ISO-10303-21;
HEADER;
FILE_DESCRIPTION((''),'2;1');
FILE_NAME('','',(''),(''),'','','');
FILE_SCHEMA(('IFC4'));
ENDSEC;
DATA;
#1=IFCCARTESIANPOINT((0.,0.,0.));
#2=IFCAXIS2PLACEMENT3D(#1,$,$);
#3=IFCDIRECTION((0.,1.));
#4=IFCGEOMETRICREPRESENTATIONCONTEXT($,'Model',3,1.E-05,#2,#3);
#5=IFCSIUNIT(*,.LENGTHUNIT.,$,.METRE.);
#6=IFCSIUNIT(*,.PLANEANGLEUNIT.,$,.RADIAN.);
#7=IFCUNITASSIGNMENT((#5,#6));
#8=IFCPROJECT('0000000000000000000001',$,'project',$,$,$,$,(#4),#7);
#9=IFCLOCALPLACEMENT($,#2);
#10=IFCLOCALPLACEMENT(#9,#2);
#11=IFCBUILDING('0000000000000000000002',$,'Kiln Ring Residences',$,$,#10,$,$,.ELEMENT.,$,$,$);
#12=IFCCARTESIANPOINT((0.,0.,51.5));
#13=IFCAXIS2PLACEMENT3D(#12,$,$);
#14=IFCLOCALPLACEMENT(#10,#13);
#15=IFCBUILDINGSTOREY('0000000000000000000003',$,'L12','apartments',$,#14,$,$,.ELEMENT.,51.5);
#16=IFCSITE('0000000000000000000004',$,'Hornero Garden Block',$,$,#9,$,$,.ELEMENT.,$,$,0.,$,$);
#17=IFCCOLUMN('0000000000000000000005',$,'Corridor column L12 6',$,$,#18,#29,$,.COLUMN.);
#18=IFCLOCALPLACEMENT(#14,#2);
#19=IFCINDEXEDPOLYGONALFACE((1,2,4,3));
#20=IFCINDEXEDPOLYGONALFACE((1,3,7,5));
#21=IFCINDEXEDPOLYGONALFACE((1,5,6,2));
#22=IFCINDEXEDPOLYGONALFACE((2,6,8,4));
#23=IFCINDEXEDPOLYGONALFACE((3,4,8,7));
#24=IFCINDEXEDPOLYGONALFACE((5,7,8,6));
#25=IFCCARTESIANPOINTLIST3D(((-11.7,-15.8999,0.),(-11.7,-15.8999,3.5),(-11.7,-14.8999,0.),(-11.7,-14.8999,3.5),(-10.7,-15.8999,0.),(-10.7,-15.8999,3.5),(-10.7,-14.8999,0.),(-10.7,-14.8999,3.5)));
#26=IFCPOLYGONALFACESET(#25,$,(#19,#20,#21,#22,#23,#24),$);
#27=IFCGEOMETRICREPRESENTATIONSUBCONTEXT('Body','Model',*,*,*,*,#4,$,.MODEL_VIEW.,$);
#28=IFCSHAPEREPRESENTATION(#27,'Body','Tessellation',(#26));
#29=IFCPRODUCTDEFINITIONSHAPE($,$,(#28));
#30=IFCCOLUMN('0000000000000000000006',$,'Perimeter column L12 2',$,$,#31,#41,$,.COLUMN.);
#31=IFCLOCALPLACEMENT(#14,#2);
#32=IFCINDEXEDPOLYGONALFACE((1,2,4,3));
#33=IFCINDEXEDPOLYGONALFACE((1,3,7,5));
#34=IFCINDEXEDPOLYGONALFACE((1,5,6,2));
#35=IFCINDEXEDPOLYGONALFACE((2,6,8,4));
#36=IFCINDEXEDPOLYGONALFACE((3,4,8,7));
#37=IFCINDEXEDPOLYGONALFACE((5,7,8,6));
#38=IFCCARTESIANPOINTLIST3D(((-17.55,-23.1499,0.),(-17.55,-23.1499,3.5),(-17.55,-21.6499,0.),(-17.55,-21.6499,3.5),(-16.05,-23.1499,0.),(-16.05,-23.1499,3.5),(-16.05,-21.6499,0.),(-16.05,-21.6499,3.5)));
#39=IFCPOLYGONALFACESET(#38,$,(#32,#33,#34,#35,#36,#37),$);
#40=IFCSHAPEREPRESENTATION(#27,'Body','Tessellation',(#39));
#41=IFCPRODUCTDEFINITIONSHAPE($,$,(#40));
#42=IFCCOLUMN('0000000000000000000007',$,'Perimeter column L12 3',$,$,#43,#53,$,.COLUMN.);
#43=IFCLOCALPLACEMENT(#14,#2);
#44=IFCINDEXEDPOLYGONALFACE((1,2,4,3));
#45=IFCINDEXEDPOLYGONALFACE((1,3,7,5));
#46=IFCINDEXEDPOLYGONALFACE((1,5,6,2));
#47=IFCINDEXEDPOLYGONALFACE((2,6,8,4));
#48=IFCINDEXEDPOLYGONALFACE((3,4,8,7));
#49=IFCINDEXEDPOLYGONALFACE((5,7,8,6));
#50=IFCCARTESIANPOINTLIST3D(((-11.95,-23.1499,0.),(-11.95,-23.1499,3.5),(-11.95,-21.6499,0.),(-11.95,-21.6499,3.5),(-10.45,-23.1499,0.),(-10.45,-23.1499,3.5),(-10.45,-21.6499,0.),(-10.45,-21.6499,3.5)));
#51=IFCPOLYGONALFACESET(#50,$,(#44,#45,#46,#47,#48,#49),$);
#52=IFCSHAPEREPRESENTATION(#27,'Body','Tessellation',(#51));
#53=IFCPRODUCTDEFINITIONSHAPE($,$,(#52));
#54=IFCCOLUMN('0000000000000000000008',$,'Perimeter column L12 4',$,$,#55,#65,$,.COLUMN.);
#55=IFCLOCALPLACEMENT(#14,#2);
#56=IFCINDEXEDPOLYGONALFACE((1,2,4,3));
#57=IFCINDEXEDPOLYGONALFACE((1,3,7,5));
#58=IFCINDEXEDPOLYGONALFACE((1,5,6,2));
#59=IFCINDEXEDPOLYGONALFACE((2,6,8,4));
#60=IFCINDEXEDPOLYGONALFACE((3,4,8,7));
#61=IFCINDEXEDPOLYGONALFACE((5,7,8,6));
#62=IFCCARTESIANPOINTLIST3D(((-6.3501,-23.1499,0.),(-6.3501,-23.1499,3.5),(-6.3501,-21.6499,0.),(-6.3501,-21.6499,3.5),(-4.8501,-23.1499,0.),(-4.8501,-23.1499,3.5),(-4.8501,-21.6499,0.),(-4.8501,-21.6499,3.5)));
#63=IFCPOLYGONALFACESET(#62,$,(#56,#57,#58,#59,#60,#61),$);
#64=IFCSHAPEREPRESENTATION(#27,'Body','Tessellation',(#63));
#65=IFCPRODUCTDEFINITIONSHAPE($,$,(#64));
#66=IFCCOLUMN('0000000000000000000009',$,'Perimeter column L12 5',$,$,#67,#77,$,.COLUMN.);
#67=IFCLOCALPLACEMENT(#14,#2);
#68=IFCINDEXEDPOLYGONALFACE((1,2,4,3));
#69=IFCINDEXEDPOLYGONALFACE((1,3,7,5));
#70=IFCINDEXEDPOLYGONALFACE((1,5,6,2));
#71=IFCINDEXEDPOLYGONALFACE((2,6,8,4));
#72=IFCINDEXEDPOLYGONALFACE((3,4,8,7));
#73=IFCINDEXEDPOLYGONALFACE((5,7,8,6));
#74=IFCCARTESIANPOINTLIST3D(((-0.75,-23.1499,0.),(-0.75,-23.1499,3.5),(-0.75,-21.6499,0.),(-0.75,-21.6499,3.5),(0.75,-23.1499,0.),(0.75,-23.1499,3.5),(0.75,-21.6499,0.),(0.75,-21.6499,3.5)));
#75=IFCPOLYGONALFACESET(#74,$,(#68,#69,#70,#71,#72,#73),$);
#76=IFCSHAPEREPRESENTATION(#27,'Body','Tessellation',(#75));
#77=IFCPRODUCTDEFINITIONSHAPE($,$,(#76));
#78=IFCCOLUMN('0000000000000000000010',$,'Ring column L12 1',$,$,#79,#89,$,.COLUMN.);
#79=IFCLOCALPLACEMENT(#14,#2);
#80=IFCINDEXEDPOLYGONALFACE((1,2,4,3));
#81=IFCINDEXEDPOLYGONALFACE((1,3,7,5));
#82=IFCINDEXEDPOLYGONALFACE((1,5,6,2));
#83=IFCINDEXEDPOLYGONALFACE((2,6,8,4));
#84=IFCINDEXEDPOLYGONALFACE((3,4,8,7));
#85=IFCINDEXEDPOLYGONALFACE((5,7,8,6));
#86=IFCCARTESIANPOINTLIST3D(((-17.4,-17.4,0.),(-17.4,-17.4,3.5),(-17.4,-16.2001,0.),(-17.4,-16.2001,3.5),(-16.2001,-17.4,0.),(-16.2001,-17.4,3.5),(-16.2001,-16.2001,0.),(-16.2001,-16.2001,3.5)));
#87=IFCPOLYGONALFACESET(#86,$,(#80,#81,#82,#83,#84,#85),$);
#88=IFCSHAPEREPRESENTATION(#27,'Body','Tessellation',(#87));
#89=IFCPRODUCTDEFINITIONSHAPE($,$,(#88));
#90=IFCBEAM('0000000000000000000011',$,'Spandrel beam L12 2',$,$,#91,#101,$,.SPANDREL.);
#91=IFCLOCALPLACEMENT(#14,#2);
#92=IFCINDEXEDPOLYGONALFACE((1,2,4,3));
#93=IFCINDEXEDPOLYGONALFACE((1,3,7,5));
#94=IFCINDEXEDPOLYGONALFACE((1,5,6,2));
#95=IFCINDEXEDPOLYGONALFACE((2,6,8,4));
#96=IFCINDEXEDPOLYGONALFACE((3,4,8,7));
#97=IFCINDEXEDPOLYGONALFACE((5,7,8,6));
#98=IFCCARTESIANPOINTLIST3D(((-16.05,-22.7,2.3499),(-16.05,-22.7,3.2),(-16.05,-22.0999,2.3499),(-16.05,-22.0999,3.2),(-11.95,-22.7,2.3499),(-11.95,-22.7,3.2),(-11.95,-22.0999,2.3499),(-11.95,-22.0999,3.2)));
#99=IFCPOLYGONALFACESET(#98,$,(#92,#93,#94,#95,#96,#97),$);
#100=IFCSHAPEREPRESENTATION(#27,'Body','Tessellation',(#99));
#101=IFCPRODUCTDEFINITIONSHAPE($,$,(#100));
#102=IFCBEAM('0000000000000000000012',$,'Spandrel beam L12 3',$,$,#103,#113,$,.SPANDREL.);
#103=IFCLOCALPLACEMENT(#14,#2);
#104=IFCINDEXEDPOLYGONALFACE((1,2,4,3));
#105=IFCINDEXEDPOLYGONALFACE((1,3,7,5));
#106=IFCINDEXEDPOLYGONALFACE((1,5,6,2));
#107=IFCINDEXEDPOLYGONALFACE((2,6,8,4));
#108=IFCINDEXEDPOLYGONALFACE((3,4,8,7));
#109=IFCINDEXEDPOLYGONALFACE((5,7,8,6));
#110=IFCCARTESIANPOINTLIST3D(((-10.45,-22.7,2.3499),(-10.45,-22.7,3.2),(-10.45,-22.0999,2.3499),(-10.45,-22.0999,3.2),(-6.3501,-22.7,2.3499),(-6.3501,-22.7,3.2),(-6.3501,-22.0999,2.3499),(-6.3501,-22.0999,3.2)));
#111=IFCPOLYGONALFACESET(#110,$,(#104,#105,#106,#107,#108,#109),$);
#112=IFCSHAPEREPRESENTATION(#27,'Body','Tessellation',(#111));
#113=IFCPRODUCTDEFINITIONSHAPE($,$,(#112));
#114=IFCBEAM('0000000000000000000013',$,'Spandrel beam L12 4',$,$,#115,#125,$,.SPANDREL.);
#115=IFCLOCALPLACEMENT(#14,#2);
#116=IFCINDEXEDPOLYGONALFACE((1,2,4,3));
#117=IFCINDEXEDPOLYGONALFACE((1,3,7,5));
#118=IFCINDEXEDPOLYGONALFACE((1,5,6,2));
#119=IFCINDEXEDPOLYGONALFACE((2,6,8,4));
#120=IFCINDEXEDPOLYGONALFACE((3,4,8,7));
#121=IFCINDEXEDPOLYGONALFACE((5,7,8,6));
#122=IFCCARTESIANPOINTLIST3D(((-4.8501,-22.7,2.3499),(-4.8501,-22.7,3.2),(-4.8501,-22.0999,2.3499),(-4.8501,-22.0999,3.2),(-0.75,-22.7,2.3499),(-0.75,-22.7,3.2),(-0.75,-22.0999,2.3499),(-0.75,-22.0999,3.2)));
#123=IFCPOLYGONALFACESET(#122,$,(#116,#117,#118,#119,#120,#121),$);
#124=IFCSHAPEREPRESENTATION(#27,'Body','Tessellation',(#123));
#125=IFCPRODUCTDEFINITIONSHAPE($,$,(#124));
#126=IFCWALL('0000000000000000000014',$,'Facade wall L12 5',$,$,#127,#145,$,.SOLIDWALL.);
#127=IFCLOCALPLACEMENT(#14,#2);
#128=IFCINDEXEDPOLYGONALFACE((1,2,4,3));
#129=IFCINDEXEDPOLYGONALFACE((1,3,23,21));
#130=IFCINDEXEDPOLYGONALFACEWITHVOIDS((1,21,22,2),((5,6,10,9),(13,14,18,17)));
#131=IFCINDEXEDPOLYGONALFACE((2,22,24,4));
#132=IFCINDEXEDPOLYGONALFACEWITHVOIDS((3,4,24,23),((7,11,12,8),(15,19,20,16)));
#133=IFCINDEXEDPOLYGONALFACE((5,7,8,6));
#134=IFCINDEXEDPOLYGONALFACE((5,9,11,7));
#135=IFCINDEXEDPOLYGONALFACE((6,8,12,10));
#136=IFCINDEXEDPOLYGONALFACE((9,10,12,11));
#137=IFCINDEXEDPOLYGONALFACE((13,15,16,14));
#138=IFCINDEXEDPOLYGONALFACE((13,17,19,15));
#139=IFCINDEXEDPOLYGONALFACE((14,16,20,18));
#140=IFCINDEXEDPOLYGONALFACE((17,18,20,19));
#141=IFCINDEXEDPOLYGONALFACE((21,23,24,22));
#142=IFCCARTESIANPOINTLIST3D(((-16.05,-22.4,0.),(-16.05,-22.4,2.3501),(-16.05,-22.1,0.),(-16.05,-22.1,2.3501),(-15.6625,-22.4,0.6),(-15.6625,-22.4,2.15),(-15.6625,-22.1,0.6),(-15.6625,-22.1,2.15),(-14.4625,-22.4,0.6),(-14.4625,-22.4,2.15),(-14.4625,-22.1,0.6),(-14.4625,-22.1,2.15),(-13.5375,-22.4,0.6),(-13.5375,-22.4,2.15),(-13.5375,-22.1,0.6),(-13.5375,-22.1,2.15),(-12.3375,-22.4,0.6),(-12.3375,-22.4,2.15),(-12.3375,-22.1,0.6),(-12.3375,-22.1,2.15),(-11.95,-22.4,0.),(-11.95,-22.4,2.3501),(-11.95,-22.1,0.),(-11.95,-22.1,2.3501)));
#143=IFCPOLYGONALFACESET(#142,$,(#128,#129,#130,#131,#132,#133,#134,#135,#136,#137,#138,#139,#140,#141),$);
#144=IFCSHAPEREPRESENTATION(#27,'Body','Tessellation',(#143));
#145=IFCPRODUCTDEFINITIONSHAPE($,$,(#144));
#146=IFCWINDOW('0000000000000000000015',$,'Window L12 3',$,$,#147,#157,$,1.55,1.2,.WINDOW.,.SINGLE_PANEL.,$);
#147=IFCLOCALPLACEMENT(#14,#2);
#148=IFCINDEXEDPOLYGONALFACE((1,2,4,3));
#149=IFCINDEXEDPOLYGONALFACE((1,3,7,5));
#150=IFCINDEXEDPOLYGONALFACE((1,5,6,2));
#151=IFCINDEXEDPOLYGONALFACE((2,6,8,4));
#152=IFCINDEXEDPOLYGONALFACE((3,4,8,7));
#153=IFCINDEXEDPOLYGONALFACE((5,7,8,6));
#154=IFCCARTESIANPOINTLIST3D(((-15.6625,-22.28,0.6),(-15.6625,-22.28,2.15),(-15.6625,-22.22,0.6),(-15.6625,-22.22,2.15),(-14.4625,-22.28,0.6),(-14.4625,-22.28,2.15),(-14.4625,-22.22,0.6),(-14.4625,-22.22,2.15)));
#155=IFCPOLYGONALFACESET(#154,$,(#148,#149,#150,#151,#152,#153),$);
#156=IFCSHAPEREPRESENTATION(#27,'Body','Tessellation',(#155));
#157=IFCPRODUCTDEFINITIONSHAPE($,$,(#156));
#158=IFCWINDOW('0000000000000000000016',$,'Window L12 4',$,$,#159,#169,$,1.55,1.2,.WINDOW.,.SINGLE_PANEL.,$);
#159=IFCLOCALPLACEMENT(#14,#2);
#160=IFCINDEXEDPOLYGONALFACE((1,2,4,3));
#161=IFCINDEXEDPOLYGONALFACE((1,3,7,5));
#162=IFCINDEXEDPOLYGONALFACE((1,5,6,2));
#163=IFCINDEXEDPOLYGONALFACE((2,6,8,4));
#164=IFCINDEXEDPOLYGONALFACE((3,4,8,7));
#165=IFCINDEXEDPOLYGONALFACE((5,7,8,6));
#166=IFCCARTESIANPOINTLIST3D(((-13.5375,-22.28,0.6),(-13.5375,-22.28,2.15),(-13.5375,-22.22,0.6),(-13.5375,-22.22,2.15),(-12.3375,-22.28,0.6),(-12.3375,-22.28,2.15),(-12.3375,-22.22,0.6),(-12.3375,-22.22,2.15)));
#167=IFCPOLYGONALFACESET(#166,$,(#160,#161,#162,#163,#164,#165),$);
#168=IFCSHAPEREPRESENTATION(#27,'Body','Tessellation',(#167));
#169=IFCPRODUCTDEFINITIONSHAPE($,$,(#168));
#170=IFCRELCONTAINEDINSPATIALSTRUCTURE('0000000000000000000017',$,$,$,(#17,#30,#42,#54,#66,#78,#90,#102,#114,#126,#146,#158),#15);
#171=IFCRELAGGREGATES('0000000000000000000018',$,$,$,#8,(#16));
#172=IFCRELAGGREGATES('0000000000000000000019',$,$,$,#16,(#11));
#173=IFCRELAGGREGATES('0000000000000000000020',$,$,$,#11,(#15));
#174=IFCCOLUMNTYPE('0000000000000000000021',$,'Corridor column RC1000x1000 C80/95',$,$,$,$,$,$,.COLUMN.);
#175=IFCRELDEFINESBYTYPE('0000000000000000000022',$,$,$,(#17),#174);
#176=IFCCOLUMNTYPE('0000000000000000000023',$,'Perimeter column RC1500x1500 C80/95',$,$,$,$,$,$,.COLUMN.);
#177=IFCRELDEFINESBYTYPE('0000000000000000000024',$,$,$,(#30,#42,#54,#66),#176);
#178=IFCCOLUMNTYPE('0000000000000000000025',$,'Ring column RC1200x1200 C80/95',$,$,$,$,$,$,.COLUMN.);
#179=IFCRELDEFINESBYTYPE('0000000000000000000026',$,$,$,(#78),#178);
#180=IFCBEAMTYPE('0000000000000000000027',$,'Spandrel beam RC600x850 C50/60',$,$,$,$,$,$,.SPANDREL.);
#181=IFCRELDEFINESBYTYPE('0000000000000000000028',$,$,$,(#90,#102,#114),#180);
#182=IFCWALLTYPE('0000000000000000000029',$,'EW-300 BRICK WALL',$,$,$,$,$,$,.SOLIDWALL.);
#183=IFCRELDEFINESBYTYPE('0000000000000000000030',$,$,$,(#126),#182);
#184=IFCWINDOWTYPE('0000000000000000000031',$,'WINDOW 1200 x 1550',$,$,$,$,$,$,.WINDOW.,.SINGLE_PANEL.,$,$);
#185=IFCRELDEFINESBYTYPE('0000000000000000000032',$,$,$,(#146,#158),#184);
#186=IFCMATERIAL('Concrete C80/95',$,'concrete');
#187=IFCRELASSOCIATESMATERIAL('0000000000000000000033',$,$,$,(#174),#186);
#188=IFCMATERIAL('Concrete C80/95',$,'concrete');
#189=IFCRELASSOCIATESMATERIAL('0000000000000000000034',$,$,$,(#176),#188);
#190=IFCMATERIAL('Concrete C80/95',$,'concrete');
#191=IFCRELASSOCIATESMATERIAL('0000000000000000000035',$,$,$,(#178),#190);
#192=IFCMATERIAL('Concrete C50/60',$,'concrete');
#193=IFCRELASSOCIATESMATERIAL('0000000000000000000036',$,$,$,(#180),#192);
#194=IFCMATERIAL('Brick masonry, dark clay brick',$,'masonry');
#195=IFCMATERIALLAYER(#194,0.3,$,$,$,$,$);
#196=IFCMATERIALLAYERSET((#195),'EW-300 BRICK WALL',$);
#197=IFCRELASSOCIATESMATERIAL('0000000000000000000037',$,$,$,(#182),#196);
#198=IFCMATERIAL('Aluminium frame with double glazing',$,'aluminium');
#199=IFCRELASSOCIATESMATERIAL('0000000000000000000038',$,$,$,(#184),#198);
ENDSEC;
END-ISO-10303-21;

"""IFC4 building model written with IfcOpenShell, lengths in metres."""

from ifc_helpers import new_model, si_unit, direction, frame, frame_2d, origin, origin_2d, place, context, subcontext, project, spatial, rectangle, extrude, material, layer, layer_set, material_profile, profile_set, type_object, element, fill, save


model = new_model("IFC4")

# Units and contexts
model_context = context("Model", 3, precision=1e-05, world=origin(), true_north=direction((0.0, 1.0)))
body_context = subcontext(model_context, "Body", "Model", "MODEL_VIEW")
ifc_project = project(units=[si_unit("LENGTHUNIT", "METRE"), si_unit("PLANEANGLEUNIT", "RADIAN")], contexts=[model_context])

# Site, building, storey
site_placement = place(None, origin())
site = spatial("IfcSite", under=ifc_project, at=site_placement, Name="Hornero Garden Block", CompositionType="ELEMENT", RefElevation=0.0)
building_placement = place(site_placement, origin())
building = spatial("IfcBuilding", under=site, at=building_placement, Name="Kiln Ring Residences", CompositionType="ELEMENT")
storey_placement = place(building_placement, frame((0.0, 0.0, 51.5)))
storey = spatial("IfcBuildingStorey", under=building, at=storey_placement, Name="L12", Description="apartments", CompositionType="ELEMENT", Elevation=51.5)

# Columns
ifc_material_1 = material(Name="Concrete C80/95", Category="concrete")
ifc_material_profile_1 = material_profile(ifc_material_1, rectangle(XDim=1.0, YDim=1.0, at=origin_2d()), Name="RC1000x1000")
ifc_profile_set_1 = profile_set([ifc_material_profile_1], Name="Concrete C80/95")
column_type_1 = type_object("IfcColumnType", Name="Corridor column RC1000x1000 C80/95", PredefinedType="COLUMN", material=ifc_profile_set_1)
column_1_placement = place(storey_placement, frame((-11.2, -15.3999, 0.0), z_axis=(0.0, 0.0, 1.0), x_axis=(1.0, 0.0, 0.0)))
element("IfcColumn", 1, at=column_1_placement, inside=storey, type_object=column_type_1, Name="Corridor column L12 6", PredefinedType="COLUMN", context=body_context, shape_type="SweptSolid", body=[
    extrude(rectangle(XDim=1.0, YDim=1.0, at=origin_2d()), origin(), (0.0, 0.0, 1.0), 3.5),
])
ifc_material_2 = material(Name="Concrete C80/95", Category="concrete")
ifc_material_profile_2 = material_profile(ifc_material_2, rectangle(XDim=1.5, YDim=1.5, at=origin_2d()), Name="RC1500x1500")
ifc_profile_set_2 = profile_set([ifc_material_profile_2], Name="Concrete C80/95")
column_type_2 = type_object("IfcColumnType", Name="Perimeter column RC1500x1500 C80/95", PredefinedType="COLUMN", material=ifc_profile_set_2)
for number, where, z_axis, x_axis, name in (
    (2, (-16.8, -22.3999, 0.0), (0.0, 0.0, 1.0), (1.0, 0.0, 0.0), "Perimeter column L12 2"),
    (3, (-11.2, -22.3999, 0.0), (0.0, 0.0, 1.0), (1.0, 0.0, 0.0), "Perimeter column L12 3"),
    (4, (-5.6001, -22.3999, 0.0), (0.0, 0.0, 1.0), (1.0, 0.0, 0.0), "Perimeter column L12 4"),
    (5, (0.0, -22.3999, 0.0), (0.0, 0.0, 1.0), (1.0, 0.0, 0.0), "Perimeter column L12 5"),
):
    element("IfcColumn", number, at=place(storey_placement, frame(where, z_axis=z_axis, x_axis=x_axis)), inside=storey, type_object=column_type_2, Name=name, PredefinedType="COLUMN", context=body_context, shape_type="SweptSolid", body=[
        extrude(rectangle(XDim=1.5, YDim=1.5, at=origin_2d()), origin(), (0.0, 0.0, 1.0), 3.5),
    ])
ifc_material_3 = material(Name="Concrete C80/95", Category="concrete")
ifc_material_profile_3 = material_profile(ifc_material_3, rectangle(XDim=1.2, YDim=1.2, at=origin_2d()), Name="RC1200x1200")
ifc_profile_set_3 = profile_set([ifc_material_profile_3], Name="Concrete C80/95")
column_type_3 = type_object("IfcColumnType", Name="Ring column RC1200x1200 C80/95", PredefinedType="COLUMN", material=ifc_profile_set_3)
column_2_placement = place(storey_placement, frame((-16.8, -16.8, 0.0), z_axis=(0.0, 0.0, 1.0), x_axis=(1.0, 0.0, 0.0)))
element("IfcColumn", 6, at=column_2_placement, inside=storey, type_object=column_type_3, Name="Ring column L12 1", PredefinedType="COLUMN", context=body_context, shape_type="SweptSolid", body=[
    extrude(rectangle(XDim=1.2, YDim=1.2, at=origin_2d()), origin(), (0.0, 0.0, 1.0), 3.5),
])

# Beams
ifc_material_4 = material(Name="Concrete C50/60", Category="concrete")
ifc_material_profile_4 = material_profile(ifc_material_4, rectangle(XDim=0.6001, YDim=0.8501, at=origin_2d()), Name="RC600x850")
ifc_profile_set_4 = profile_set([ifc_material_profile_4], Name="Concrete C50/60")
beam_type = type_object("IfcBeamType", Name="Spandrel beam RC600x850 C50/60", PredefinedType="SPANDREL", material=ifc_profile_set_4)
beam_1_placement = place(storey_placement, frame((-16.05, -22.3999, 2.7749), z_axis=(1.0, 0.0, 0.0), x_axis=(0.0, 1.0, 0.0)))
element("IfcBeam", 7, at=beam_1_placement, inside=storey, type_object=beam_type, Name="Spandrel beam L12 2", PredefinedType="SPANDREL", context=body_context, shape_type="SweptSolid", body=[
    extrude(rectangle(XDim=0.6001, YDim=0.8501, at=origin_2d()), origin(), (0.0, 0.0, 1.0), 4.1001),
])
beam_2_placement = place(storey_placement, frame((-10.45, -22.3999, 2.7749), z_axis=(1.0, 0.0, 0.0), x_axis=(0.0, 1.0, 0.0)))
element("IfcBeam", 8, at=beam_2_placement, inside=storey, type_object=beam_type, Name="Spandrel beam L12 3", PredefinedType="SPANDREL", context=body_context, shape_type="SweptSolid", body=[
    extrude(rectangle(XDim=0.6001, YDim=0.8501, at=origin_2d()), origin(), (0.0, 0.0, 1.0), 4.0999),
])
beam_3_placement = place(storey_placement, frame((-4.8501, -22.3999, 2.7749), z_axis=(1.0, 0.0, 0.0), x_axis=(0.0, 1.0, 0.0)))
element("IfcBeam", 9, at=beam_3_placement, inside=storey, type_object=beam_type, Name="Spandrel beam L12 4", PredefinedType="SPANDREL", context=body_context, shape_type="SweptSolid", body=[
    extrude(rectangle(XDim=0.6001, YDim=0.8501, at=origin_2d()), origin(), (0.0, 0.0, 1.0), 4.1001),
])

# Wall, openings, windows
ifc_material_5 = material(Name="Brick masonry, dark clay brick", Category="masonry")
ifc_layer_1 = layer(ifc_material_5, 0.3)
ifc_layer_set_1 = layer_set([ifc_layer_1], Name="EW-300 BRICK WALL")
wall_type_1 = type_object("IfcWallType", Name="EW-300 BRICK WALL", PredefinedType="SOLIDWALL", material=ifc_layer_set_1)
wall_1_placement = place(storey_placement, frame((-16.05, -22.25, 0.0), z_axis=(0.0, 0.0, 1.0), x_axis=(1.0, 0.0, 0.0)))
wall_1 = element("IfcWall", 10, at=wall_1_placement, inside=storey, type_object=wall_type_1, Name="Facade wall L12 5", PredefinedType="SOLIDWALL", context=body_context, shape_type="SweptSolid", body=[
    extrude(rectangle(XDim=4.1001, YDim=0.3, at=frame_2d((2.05, 0.0))), origin(), (0.0, 0.0, 1.0), 2.3501),
])
opening_1_placement = place(wall_1_placement, frame((0.3875, 0.0, 0.6001)))
opening_1 = element("IfcOpeningElement", 11, at=opening_1_placement, cuts=wall_1, PredefinedType="OPENING", context=body_context, shape_type="SweptSolid", body=[
    extrude(rectangle(XDim=1.2, YDim=1.55, at=frame_2d((0.6001, 0.7749))), frame((0.0, 0.1599, 0.0), z_axis=(0.0, -1.0, 0.0), x_axis=(1.0, 0.0, 0.0)), (0.0, 0.0, 1.0), 0.3201),
])
opening_2_placement = place(wall_1_placement, frame((2.5125, 0.0, 0.6001)))
opening_2 = element("IfcOpeningElement", 12, at=opening_2_placement, cuts=wall_1, PredefinedType="OPENING", context=body_context, shape_type="SweptSolid", body=[
    extrude(rectangle(XDim=1.2, YDim=1.55, at=frame_2d((0.6001, 0.7749))), frame((0.0, 0.1599, 0.0), z_axis=(0.0, -1.0, 0.0), x_axis=(1.0, 0.0, 0.0)), (0.0, 0.0, 1.0), 0.3201),
])
ifc_material_6 = material(Name="Aluminium frame with double glazing", Category="aluminium")
window_type_1 = type_object("IfcWindowType", Name="WINDOW 1200 x 1550", PartitioningType="SINGLE_PANEL", PredefinedType="WINDOW", material=ifc_material_6)
window_1_placement = place(opening_1_placement, origin())
window_1 = element("IfcWindow", 13, at=window_1_placement, inside=storey, type_object=window_type_1, Name="Window L12 3", OverallHeight=1.55, OverallWidth=1.2, PartitioningType="SINGLE_PANEL", PredefinedType="WINDOW", context=body_context, shape_type="SweptSolid", body=[
    extrude(rectangle(XDim=1.2, YDim=1.55, at=frame_2d((0.6001, 0.7749))), frame((0.0, 0.03, 0.0), z_axis=(0.0, -1.0, 0.0), x_axis=(1.0, 0.0, 0.0)), (0.0, 0.0, 1.0), 0.0601),
])
fill(opening_1, window_1)
window_2_placement = place(opening_2_placement, origin())
window_2 = element("IfcWindow", 14, at=window_2_placement, inside=storey, type_object=window_type_1, Name="Window L12 4", OverallHeight=1.55, OverallWidth=1.2, PartitioningType="SINGLE_PANEL", PredefinedType="WINDOW", context=body_context, shape_type="SweptSolid", body=[
    extrude(rectangle(XDim=1.2, YDim=1.55, at=frame_2d((0.6001, 0.7749))), frame((0.0, 0.03, 0.0), z_axis=(0.0, -1.0, 0.0), x_axis=(1.0, 0.0, 0.0)), (0.0, 0.0, 1.0), 0.0601),
])
fill(opening_2, window_2)

save(model, "model.ifc")
